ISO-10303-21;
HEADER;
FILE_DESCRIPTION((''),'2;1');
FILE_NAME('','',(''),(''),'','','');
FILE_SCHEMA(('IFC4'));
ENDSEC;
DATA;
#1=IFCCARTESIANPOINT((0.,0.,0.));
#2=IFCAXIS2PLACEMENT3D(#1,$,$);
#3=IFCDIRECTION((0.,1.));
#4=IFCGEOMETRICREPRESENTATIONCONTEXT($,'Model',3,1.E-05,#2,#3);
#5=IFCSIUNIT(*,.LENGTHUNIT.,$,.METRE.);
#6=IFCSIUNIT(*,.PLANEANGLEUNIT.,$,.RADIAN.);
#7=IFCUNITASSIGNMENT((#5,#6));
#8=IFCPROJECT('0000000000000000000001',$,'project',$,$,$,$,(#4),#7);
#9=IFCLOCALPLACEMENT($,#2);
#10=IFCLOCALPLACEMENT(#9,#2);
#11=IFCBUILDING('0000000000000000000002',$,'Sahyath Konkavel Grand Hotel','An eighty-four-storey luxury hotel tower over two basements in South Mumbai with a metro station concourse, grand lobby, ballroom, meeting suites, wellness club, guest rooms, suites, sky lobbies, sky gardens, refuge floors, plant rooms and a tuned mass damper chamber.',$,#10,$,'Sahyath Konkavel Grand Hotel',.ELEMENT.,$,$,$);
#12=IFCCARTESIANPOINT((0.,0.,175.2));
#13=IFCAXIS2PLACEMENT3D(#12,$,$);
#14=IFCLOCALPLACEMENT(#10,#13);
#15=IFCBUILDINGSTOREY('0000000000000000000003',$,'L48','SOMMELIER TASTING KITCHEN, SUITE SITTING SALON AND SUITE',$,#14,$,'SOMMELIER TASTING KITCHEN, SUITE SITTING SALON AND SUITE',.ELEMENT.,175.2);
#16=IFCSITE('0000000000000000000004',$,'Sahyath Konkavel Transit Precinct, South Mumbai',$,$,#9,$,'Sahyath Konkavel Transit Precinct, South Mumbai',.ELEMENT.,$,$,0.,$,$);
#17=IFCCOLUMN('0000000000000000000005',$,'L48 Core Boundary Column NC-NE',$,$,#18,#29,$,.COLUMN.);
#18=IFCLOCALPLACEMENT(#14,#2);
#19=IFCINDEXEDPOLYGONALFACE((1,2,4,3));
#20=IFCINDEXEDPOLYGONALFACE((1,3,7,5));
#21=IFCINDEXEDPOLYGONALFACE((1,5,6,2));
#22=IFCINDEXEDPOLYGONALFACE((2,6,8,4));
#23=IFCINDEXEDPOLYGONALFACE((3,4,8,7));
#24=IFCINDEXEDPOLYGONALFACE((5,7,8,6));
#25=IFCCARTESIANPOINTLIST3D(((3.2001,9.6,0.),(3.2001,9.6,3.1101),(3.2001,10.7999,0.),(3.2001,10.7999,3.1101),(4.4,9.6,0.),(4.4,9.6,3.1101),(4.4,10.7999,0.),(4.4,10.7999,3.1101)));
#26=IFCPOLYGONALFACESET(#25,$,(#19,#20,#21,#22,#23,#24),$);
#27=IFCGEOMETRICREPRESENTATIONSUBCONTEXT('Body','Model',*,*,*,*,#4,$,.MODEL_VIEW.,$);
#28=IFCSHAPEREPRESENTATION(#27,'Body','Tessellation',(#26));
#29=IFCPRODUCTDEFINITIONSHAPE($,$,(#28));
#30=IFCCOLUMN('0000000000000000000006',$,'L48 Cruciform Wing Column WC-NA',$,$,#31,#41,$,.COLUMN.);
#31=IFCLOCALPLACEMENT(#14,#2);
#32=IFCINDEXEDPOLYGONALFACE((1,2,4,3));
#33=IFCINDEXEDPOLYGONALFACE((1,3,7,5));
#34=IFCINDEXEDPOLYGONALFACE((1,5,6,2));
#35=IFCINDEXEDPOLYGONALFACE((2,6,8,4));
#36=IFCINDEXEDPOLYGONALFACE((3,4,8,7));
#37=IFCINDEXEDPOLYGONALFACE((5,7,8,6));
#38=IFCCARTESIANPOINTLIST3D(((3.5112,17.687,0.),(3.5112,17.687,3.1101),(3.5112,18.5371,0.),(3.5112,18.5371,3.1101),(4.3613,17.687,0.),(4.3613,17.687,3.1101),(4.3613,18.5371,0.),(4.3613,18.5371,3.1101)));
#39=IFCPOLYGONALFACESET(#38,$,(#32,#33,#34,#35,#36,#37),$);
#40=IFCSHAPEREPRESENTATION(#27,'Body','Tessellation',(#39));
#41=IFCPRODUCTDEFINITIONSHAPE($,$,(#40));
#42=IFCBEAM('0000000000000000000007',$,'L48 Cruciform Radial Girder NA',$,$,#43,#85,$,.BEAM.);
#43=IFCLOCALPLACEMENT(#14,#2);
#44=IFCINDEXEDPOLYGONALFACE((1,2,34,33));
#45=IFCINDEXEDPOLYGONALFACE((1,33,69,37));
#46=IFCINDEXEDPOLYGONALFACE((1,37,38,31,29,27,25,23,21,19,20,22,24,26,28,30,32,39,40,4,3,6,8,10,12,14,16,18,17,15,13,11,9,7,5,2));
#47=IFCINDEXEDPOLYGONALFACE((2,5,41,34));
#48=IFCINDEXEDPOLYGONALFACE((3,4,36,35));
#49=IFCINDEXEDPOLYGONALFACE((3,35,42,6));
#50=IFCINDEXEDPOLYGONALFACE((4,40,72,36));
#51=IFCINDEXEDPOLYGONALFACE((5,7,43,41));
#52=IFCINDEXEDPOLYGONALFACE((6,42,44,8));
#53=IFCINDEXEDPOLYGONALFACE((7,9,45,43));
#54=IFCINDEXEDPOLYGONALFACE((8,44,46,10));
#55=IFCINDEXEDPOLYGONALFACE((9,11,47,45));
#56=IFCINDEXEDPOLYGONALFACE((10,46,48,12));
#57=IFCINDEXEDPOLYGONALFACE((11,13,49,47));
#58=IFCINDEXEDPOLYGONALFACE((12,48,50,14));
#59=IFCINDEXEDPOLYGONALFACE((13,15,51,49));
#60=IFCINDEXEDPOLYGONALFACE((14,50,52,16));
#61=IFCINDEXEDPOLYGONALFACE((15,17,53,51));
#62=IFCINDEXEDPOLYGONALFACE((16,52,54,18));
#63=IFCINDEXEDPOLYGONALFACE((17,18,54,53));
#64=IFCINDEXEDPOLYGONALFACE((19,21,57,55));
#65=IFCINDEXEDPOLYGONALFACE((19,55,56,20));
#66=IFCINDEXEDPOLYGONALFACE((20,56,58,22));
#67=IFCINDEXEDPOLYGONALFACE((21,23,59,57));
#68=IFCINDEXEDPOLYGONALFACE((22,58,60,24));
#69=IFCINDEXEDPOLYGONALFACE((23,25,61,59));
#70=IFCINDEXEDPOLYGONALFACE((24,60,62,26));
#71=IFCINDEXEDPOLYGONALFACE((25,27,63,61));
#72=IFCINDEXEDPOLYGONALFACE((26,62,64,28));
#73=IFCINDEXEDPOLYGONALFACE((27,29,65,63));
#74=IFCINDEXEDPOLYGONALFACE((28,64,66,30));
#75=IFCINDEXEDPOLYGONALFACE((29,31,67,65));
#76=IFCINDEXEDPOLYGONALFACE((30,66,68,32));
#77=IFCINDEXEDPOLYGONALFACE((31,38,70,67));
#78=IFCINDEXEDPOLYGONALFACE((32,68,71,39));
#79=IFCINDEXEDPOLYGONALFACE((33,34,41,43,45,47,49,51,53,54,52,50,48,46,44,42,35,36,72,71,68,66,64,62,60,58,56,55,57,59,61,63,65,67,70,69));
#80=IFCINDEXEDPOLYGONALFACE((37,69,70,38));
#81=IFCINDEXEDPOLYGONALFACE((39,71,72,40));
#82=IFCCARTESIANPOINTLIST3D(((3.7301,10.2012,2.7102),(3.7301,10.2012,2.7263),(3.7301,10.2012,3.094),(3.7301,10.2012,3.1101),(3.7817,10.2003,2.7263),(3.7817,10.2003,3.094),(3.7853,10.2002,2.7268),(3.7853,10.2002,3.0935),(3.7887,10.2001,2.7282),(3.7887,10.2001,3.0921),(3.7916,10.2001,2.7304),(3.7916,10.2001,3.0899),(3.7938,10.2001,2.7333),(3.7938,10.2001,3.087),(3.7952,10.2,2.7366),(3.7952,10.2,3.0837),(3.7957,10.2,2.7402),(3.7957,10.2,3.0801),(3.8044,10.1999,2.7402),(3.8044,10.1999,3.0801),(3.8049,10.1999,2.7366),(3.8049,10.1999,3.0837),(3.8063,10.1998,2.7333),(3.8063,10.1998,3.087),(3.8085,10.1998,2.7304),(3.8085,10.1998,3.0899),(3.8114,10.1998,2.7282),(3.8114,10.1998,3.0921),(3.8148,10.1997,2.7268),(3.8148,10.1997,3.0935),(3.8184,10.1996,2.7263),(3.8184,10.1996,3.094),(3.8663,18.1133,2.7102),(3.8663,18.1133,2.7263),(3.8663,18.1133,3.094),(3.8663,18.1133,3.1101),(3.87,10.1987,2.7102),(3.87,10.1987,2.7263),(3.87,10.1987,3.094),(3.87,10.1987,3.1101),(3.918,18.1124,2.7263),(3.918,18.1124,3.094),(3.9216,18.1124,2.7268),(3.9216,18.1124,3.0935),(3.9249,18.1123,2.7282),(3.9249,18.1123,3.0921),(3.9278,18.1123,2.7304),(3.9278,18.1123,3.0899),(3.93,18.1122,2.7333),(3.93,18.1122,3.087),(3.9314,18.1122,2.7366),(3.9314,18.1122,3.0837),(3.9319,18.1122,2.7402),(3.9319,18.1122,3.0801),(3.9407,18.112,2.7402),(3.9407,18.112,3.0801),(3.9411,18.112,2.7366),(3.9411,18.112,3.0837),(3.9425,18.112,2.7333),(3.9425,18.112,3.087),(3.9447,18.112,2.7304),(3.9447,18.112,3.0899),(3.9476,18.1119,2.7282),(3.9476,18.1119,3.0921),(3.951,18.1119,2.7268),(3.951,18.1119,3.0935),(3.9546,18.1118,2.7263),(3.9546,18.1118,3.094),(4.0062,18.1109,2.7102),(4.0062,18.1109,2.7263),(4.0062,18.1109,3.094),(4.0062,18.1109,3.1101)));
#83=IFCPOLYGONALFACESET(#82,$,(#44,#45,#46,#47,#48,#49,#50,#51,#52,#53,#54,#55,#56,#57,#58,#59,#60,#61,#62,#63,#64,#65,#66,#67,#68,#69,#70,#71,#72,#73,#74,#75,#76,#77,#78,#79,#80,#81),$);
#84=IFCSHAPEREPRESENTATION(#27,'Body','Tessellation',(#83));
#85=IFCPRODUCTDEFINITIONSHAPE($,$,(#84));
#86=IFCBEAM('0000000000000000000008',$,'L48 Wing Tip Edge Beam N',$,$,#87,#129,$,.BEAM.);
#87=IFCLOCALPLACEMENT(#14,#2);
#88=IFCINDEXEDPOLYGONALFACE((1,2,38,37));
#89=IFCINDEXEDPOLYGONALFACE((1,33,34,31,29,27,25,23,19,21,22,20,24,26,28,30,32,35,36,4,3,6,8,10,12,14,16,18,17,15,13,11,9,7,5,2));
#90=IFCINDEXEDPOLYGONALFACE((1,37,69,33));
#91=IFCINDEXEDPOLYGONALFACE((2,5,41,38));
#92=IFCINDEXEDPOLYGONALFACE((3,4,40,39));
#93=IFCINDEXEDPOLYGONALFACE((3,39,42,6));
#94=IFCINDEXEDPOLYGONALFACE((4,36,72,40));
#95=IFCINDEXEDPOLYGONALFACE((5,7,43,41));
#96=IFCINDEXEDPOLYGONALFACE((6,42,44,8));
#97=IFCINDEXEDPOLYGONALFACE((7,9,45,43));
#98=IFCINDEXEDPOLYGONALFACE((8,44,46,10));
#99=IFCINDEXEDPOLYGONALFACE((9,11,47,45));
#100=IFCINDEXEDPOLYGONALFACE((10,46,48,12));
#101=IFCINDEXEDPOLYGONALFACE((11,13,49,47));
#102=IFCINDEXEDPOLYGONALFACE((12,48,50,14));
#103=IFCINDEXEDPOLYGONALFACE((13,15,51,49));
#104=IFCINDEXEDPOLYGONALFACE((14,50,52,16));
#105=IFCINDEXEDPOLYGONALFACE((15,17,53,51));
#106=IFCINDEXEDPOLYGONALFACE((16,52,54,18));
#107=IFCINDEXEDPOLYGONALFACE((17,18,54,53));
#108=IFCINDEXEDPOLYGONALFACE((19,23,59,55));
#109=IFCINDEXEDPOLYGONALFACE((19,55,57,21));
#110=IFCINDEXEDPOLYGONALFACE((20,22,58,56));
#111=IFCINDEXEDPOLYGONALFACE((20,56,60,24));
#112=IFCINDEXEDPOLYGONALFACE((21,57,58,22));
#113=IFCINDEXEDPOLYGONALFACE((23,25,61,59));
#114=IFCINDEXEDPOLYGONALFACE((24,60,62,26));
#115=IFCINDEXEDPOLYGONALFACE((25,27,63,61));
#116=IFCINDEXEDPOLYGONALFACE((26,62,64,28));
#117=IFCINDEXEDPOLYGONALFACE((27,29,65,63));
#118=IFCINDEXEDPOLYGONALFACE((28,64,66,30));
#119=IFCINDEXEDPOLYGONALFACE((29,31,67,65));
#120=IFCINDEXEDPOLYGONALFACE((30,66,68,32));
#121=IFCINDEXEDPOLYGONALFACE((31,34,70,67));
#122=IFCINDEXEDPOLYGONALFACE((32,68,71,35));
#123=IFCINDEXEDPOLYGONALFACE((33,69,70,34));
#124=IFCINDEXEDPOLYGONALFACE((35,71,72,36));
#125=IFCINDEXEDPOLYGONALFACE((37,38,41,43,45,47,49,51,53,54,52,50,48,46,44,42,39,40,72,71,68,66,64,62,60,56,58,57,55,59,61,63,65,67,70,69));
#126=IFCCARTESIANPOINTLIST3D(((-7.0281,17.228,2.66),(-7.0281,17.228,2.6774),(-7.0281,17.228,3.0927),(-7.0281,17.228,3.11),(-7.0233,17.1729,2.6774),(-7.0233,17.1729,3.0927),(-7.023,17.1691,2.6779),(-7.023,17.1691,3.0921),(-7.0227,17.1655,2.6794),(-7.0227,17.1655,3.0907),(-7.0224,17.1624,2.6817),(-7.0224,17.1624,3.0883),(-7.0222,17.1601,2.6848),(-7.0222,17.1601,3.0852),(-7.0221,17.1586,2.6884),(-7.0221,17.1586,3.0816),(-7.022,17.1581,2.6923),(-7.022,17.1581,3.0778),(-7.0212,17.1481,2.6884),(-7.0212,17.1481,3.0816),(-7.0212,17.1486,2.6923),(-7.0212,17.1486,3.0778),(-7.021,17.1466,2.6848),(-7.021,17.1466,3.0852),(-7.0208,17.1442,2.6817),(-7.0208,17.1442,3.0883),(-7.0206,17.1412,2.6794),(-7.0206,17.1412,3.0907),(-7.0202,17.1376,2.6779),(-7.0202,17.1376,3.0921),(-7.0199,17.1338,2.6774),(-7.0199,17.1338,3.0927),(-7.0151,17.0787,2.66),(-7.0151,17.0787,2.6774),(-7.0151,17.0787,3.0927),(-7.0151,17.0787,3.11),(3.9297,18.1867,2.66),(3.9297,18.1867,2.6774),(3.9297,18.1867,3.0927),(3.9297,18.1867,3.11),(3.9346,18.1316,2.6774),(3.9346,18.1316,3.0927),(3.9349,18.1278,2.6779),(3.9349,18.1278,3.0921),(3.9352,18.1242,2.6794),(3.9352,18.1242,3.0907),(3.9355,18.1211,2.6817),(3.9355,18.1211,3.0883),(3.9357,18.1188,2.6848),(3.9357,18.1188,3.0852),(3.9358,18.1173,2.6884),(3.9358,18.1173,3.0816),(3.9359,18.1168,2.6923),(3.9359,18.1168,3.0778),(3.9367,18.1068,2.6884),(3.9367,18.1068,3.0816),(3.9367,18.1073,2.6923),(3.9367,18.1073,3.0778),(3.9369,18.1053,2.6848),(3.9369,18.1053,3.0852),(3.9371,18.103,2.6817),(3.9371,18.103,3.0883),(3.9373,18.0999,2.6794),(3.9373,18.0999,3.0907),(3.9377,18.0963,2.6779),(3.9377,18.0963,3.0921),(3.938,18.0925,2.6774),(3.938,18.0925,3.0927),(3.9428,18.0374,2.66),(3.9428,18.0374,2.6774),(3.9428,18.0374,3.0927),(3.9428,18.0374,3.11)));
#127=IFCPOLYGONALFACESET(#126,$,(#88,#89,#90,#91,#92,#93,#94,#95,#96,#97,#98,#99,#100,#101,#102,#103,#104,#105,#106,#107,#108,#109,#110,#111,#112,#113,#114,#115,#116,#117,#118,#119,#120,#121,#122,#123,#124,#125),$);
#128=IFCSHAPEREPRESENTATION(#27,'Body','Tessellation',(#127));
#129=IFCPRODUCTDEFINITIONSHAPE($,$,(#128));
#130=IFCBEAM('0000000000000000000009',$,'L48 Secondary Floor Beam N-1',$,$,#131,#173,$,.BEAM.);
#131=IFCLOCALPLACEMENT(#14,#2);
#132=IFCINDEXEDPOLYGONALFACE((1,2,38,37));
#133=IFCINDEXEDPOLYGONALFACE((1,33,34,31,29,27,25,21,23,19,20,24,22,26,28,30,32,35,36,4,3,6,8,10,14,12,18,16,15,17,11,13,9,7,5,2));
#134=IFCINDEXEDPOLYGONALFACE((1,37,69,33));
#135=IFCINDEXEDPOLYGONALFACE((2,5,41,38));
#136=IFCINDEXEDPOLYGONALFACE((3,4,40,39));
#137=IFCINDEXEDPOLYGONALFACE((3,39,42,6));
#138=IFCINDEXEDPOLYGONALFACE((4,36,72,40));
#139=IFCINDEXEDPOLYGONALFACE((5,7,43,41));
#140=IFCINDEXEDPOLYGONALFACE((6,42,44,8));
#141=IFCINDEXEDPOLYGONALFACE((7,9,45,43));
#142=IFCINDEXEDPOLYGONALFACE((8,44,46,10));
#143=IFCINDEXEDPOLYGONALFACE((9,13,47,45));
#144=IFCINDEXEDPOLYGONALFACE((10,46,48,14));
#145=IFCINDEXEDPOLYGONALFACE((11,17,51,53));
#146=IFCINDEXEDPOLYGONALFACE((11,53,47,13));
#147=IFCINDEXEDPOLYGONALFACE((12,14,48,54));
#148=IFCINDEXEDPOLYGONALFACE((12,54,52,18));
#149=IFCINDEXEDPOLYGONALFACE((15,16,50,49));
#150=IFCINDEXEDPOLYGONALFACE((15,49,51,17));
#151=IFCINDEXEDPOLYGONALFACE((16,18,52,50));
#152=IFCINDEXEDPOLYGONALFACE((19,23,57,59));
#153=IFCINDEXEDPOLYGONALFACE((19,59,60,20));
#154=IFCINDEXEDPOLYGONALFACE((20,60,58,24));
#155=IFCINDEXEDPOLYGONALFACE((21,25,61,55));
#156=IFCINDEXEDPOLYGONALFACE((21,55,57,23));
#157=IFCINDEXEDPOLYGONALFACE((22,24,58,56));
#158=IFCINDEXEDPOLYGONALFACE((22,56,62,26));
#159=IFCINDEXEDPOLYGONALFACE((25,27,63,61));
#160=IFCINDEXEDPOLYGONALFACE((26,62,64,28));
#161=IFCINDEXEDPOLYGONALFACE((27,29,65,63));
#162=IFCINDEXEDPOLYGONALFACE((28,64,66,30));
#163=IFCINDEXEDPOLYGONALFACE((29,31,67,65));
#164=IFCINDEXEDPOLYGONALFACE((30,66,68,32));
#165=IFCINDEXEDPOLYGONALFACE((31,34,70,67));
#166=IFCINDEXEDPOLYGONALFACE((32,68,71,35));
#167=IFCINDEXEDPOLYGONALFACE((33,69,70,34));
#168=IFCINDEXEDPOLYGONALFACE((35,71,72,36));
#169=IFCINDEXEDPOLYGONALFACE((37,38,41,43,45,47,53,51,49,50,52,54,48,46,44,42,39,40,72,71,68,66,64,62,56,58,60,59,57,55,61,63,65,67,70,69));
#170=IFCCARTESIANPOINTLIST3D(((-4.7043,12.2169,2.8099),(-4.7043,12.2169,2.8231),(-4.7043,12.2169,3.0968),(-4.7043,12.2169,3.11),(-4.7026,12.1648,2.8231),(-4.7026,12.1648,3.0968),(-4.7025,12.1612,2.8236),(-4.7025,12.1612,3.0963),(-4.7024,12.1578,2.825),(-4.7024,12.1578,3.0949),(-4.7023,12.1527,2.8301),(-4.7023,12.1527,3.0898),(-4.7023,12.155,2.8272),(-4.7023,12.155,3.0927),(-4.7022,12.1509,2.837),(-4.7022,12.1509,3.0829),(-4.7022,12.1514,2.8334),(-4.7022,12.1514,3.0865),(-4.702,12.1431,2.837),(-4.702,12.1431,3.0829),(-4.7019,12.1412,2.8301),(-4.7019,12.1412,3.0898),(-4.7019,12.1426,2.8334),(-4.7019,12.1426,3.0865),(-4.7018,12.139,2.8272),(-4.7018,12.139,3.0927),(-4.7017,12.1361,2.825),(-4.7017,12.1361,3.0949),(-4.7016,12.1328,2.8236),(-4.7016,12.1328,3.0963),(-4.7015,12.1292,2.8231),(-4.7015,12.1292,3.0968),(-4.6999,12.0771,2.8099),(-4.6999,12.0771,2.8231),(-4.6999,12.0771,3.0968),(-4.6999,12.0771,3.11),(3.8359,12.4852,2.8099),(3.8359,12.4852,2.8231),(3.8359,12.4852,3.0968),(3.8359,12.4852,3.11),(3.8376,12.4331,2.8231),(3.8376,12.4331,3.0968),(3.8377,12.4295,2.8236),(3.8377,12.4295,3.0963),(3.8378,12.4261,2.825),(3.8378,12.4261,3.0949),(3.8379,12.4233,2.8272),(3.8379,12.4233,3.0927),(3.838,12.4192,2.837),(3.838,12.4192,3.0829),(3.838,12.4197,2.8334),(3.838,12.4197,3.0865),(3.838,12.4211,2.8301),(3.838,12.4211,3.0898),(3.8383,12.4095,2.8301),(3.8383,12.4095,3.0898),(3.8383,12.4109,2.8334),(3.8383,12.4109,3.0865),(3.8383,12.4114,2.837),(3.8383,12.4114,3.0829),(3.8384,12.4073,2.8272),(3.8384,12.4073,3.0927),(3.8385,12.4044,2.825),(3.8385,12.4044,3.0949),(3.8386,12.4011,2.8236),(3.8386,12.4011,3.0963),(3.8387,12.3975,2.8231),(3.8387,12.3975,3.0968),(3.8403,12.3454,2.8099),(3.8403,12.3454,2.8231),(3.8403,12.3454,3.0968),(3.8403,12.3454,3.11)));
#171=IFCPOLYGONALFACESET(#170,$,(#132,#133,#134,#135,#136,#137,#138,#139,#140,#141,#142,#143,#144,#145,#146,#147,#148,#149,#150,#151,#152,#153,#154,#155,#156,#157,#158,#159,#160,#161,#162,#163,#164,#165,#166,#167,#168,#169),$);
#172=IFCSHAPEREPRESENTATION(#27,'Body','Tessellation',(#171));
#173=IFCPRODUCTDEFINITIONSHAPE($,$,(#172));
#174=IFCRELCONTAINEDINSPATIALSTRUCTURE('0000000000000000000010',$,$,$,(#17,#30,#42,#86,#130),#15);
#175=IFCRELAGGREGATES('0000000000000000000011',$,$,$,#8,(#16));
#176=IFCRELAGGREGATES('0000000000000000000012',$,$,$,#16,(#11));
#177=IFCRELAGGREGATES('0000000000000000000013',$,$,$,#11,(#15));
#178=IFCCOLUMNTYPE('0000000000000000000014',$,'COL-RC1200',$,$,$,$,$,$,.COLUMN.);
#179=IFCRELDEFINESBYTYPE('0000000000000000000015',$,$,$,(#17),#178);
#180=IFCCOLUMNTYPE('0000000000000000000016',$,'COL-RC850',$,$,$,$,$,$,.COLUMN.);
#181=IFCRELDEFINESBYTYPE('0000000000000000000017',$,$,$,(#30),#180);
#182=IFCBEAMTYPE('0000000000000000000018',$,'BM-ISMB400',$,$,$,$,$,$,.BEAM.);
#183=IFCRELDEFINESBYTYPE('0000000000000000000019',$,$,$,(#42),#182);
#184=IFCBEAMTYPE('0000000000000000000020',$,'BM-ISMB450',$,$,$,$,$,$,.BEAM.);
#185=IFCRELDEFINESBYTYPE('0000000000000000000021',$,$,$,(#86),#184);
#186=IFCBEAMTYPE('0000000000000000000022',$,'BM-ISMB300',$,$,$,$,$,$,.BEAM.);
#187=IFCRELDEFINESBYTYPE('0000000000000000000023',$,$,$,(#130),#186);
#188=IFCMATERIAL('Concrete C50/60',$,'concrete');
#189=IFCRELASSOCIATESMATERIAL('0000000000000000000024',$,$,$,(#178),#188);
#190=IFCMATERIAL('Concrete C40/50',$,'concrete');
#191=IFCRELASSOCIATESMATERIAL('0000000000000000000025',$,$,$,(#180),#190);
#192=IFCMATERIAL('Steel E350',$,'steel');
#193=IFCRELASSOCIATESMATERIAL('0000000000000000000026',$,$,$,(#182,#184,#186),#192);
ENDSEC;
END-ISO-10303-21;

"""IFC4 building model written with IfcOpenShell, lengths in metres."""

from ifc_helpers import new_model, si_unit, direction, frame, origin, origin_2d, place, context, subcontext, project, spatial, rectangle, i_section, extrude, source, transform, mapped, material, material_profile, profile_set, type_object, element, save


model = new_model("IFC4")

# Units and contexts
model_context = context("Model", 3, precision=1e-05, world=origin(), true_north=direction((0.0, 1.0)))
body_context = subcontext(model_context, "Body", "Model", "MODEL_VIEW")
ifc_project = project(units=[si_unit("LENGTHUNIT", "METRE"), si_unit("PLANEANGLEUNIT", "RADIAN")], contexts=[model_context])

# Site, building, storey
site_placement = place(None, origin())
site = spatial("IfcSite", under=ifc_project, at=site_placement, Name="Sahyath Konkavel Transit Precinct, South Mumbai", LongName="Sahyath Konkavel Transit Precinct, South Mumbai", CompositionType="ELEMENT", RefElevation=0.0)
building_placement = place(site_placement, origin())
building = spatial("IfcBuilding", under=site, at=building_placement, Name="Sahyath Konkavel Grand Hotel", Description="An eighty-four-storey luxury hotel tower over two basements in South Mumbai with a metro station concourse, grand lobby, ballroom, meeting suites, wellness club, guest rooms, suites, sky lobbies, sky gardens, refuge floors, plant rooms and a tuned mass damper chamber.", LongName="Sahyath Konkavel Grand Hotel", CompositionType="ELEMENT")
storey_placement = place(building_placement, frame((0.0, 0.0, 175.2)))
storey = spatial("IfcBuildingStorey", under=building, at=storey_placement, Name="L48", Description="SOMMELIER TASTING KITCHEN, SUITE SITTING SALON AND SUITE", LongName="SOMMELIER TASTING KITCHEN, SUITE SITTING SALON AND SUITE", CompositionType="ELEMENT", Elevation=175.2)

# Columns
ifc_material_1 = material(Name="Concrete C50/60", Category="concrete")
ifc_material_profile_1 = material_profile(ifc_material_1, rectangle(XDim=1.2, YDim=1.2, at=origin_2d()), Name="RC 1200x1200")
ifc_profile_set_1 = profile_set([ifc_material_profile_1], Name="Concrete C50/60")
column_type_1 = type_object("IfcColumnType", Name="COL-RC1200", PredefinedType="COLUMN", material=ifc_profile_set_1)
shared_shape_1 = source(origin(), body_context, "Body", "SweptSolid", [
    extrude(rectangle(XDim=1.2, YDim=1.2, at=origin_2d()), origin(), (0.0, 0.0, 1.0), 3.1101),
])
column_1_placement = place(storey_placement, frame((3.8, 10.2, 0.0), z_axis=(0.0, 0.0, 1.0), x_axis=(1.0, 0.0, 0.0)))
element("IfcColumn", 1, at=column_1_placement, inside=storey, type_object=column_type_1, Name="L48 Core Boundary Column NC-NE", PredefinedType="COLUMN", context=body_context, shape_type="MappedRepresentation", body=[
    mapped(shared_shape_1, transform((0.0, 0.0, 0.0), scale=1.0)),
])
ifc_material_2 = material(Name="Concrete C40/50", Category="concrete")
ifc_material_profile_2 = material_profile(ifc_material_2, rectangle(XDim=0.8501, YDim=0.8501, at=origin_2d()), Name="RC 850x850")
ifc_profile_set_2 = profile_set([ifc_material_profile_2], Name="Concrete C40/50")
column_type_2 = type_object("IfcColumnType", Name="COL-RC850", PredefinedType="COLUMN", material=ifc_profile_set_2)
shared_shape_2 = source(origin(), body_context, "Body", "SweptSolid", [
    extrude(rectangle(XDim=0.8501, YDim=0.8501, at=origin_2d()), origin(), (0.0, 0.0, 1.0), 3.1101),
])
column_2_placement = place(storey_placement, frame((3.9363, 18.1121, 0.0), z_axis=(0.0, 0.0, 1.0), x_axis=(1.0, 0.0, 0.0)))
element("IfcColumn", 2, at=column_2_placement, inside=storey, type_object=column_type_2, Name="L48 Cruciform Wing Column WC-NA", PredefinedType="COLUMN", context=body_context, shape_type="MappedRepresentation", body=[
    mapped(shared_shape_2, transform((0.0, 0.0, 0.0), scale=1.0)),
])

# Beams
ifc_material_3 = material(Name="Steel E350", Category="steel")
ifc_material_profile_3 = material_profile(ifc_material_3, i_section(OverallWidth=0.1399, OverallDepth=0.3999, WebThickness=0.0088, FlangeThickness=0.0161, FilletRadius=0.0139, at=origin_2d()), Name="ISMB 400")
ifc_profile_set_3 = profile_set([ifc_material_profile_3], Name="Steel E350")
beam_type_1 = type_object("IfcBeamType", Name="BM-ISMB400", PredefinedType="BEAM", material=ifc_profile_set_3)
shared_shape_3 = source(origin(), body_context, "Body", "SweptSolid", [
    extrude(i_section(OverallWidth=0.1399, OverallDepth=0.3999, WebThickness=0.0088, FlangeThickness=0.0161, FilletRadius=0.0139, at=origin_2d()), origin(), (0.0, 0.0, 1.0), 7.9133),
])
beam_1_placement = place(storey_placement, frame((3.8, 10.2, 2.9102), z_axis=(0.017215, 0.999852, 0.0), x_axis=(-0.999852, 0.017215, 0.0)))
element("IfcBeam", 3, at=beam_1_placement, inside=storey, type_object=beam_type_1, Name="L48 Cruciform Radial Girder NA", PredefinedType="BEAM", context=body_context, shape_type="MappedRepresentation", body=[
    mapped(shared_shape_3, transform((0.0, 0.0, 0.0), scale=1.0)),
])
ifc_material_profile_4 = material_profile(ifc_material_3, i_section(OverallWidth=0.1499, OverallDepth=0.45, WebThickness=0.0095, FlangeThickness=0.0173, FilletRadius=0.0149, at=origin_2d()), Name="ISMB 450")
ifc_profile_set_4 = profile_set([ifc_material_profile_4], Name="Steel E350")
beam_type_2 = type_object("IfcBeamType", Name="BM-ISMB450", PredefinedType="BEAM", material=ifc_profile_set_4)
shared_shape_4 = source(origin(), body_context, "Body", "SweptSolid", [
    extrude(i_section(OverallWidth=0.1499, OverallDepth=0.45, WebThickness=0.0095, FlangeThickness=0.0173, FilletRadius=0.0149, at=origin_2d()), origin(), (0.0, 0.0, 1.0), 10.9998),
])
beam_2_placement = place(storey_placement, frame((3.9363, 18.1121, 2.885), z_axis=(-0.996194, -0.087159, 0.0), x_axis=(0.087159, -0.996194, 0.0)))
element("IfcBeam", 4, at=beam_2_placement, inside=storey, type_object=beam_type_2, Name="L48 Wing Tip Edge Beam N", PredefinedType="BEAM", context=body_context, shape_type="MappedRepresentation", body=[
    mapped(shared_shape_4, transform((0.0, 0.0, 0.0), scale=1.0)),
])
ifc_material_profile_5 = material_profile(ifc_material_3, i_section(OverallWidth=0.1399, OverallDepth=0.3, WebThickness=0.0078, FlangeThickness=0.0132, FilletRadius=0.0139, at=origin_2d()), Name="ISMB 300")
ifc_profile_set_5 = profile_set([ifc_material_profile_5], Name="Steel E350")
beam_type_3 = type_object("IfcBeamType", Name="BM-ISMB300", PredefinedType="BEAM", material=ifc_profile_set_5)
shared_shape_5 = source(origin(), body_context, "Body", "SweptSolid", [
    extrude(i_section(OverallWidth=0.1399, OverallDepth=0.3, WebThickness=0.0078, FlangeThickness=0.0132, FilletRadius=0.0139, at=origin_2d()), origin(), (0.0, 0.0, 1.0), 8.5444),
])
beam_3_placement = place(storey_placement, frame((3.8381, 12.4153, 2.96), z_axis=(-0.999507, -0.031402, 0.0), x_axis=(0.031402, -0.999507, 0.0)))
element("IfcBeam", 5, at=beam_3_placement, inside=storey, type_object=beam_type_3, Name="L48 Secondary Floor Beam N-1", PredefinedType="BEAM", context=body_context, shape_type="MappedRepresentation", body=[
    mapped(shared_shape_5, transform((0.0, 0.0, 0.0), scale=1.0)),
])

save(model, "model.ifc")
